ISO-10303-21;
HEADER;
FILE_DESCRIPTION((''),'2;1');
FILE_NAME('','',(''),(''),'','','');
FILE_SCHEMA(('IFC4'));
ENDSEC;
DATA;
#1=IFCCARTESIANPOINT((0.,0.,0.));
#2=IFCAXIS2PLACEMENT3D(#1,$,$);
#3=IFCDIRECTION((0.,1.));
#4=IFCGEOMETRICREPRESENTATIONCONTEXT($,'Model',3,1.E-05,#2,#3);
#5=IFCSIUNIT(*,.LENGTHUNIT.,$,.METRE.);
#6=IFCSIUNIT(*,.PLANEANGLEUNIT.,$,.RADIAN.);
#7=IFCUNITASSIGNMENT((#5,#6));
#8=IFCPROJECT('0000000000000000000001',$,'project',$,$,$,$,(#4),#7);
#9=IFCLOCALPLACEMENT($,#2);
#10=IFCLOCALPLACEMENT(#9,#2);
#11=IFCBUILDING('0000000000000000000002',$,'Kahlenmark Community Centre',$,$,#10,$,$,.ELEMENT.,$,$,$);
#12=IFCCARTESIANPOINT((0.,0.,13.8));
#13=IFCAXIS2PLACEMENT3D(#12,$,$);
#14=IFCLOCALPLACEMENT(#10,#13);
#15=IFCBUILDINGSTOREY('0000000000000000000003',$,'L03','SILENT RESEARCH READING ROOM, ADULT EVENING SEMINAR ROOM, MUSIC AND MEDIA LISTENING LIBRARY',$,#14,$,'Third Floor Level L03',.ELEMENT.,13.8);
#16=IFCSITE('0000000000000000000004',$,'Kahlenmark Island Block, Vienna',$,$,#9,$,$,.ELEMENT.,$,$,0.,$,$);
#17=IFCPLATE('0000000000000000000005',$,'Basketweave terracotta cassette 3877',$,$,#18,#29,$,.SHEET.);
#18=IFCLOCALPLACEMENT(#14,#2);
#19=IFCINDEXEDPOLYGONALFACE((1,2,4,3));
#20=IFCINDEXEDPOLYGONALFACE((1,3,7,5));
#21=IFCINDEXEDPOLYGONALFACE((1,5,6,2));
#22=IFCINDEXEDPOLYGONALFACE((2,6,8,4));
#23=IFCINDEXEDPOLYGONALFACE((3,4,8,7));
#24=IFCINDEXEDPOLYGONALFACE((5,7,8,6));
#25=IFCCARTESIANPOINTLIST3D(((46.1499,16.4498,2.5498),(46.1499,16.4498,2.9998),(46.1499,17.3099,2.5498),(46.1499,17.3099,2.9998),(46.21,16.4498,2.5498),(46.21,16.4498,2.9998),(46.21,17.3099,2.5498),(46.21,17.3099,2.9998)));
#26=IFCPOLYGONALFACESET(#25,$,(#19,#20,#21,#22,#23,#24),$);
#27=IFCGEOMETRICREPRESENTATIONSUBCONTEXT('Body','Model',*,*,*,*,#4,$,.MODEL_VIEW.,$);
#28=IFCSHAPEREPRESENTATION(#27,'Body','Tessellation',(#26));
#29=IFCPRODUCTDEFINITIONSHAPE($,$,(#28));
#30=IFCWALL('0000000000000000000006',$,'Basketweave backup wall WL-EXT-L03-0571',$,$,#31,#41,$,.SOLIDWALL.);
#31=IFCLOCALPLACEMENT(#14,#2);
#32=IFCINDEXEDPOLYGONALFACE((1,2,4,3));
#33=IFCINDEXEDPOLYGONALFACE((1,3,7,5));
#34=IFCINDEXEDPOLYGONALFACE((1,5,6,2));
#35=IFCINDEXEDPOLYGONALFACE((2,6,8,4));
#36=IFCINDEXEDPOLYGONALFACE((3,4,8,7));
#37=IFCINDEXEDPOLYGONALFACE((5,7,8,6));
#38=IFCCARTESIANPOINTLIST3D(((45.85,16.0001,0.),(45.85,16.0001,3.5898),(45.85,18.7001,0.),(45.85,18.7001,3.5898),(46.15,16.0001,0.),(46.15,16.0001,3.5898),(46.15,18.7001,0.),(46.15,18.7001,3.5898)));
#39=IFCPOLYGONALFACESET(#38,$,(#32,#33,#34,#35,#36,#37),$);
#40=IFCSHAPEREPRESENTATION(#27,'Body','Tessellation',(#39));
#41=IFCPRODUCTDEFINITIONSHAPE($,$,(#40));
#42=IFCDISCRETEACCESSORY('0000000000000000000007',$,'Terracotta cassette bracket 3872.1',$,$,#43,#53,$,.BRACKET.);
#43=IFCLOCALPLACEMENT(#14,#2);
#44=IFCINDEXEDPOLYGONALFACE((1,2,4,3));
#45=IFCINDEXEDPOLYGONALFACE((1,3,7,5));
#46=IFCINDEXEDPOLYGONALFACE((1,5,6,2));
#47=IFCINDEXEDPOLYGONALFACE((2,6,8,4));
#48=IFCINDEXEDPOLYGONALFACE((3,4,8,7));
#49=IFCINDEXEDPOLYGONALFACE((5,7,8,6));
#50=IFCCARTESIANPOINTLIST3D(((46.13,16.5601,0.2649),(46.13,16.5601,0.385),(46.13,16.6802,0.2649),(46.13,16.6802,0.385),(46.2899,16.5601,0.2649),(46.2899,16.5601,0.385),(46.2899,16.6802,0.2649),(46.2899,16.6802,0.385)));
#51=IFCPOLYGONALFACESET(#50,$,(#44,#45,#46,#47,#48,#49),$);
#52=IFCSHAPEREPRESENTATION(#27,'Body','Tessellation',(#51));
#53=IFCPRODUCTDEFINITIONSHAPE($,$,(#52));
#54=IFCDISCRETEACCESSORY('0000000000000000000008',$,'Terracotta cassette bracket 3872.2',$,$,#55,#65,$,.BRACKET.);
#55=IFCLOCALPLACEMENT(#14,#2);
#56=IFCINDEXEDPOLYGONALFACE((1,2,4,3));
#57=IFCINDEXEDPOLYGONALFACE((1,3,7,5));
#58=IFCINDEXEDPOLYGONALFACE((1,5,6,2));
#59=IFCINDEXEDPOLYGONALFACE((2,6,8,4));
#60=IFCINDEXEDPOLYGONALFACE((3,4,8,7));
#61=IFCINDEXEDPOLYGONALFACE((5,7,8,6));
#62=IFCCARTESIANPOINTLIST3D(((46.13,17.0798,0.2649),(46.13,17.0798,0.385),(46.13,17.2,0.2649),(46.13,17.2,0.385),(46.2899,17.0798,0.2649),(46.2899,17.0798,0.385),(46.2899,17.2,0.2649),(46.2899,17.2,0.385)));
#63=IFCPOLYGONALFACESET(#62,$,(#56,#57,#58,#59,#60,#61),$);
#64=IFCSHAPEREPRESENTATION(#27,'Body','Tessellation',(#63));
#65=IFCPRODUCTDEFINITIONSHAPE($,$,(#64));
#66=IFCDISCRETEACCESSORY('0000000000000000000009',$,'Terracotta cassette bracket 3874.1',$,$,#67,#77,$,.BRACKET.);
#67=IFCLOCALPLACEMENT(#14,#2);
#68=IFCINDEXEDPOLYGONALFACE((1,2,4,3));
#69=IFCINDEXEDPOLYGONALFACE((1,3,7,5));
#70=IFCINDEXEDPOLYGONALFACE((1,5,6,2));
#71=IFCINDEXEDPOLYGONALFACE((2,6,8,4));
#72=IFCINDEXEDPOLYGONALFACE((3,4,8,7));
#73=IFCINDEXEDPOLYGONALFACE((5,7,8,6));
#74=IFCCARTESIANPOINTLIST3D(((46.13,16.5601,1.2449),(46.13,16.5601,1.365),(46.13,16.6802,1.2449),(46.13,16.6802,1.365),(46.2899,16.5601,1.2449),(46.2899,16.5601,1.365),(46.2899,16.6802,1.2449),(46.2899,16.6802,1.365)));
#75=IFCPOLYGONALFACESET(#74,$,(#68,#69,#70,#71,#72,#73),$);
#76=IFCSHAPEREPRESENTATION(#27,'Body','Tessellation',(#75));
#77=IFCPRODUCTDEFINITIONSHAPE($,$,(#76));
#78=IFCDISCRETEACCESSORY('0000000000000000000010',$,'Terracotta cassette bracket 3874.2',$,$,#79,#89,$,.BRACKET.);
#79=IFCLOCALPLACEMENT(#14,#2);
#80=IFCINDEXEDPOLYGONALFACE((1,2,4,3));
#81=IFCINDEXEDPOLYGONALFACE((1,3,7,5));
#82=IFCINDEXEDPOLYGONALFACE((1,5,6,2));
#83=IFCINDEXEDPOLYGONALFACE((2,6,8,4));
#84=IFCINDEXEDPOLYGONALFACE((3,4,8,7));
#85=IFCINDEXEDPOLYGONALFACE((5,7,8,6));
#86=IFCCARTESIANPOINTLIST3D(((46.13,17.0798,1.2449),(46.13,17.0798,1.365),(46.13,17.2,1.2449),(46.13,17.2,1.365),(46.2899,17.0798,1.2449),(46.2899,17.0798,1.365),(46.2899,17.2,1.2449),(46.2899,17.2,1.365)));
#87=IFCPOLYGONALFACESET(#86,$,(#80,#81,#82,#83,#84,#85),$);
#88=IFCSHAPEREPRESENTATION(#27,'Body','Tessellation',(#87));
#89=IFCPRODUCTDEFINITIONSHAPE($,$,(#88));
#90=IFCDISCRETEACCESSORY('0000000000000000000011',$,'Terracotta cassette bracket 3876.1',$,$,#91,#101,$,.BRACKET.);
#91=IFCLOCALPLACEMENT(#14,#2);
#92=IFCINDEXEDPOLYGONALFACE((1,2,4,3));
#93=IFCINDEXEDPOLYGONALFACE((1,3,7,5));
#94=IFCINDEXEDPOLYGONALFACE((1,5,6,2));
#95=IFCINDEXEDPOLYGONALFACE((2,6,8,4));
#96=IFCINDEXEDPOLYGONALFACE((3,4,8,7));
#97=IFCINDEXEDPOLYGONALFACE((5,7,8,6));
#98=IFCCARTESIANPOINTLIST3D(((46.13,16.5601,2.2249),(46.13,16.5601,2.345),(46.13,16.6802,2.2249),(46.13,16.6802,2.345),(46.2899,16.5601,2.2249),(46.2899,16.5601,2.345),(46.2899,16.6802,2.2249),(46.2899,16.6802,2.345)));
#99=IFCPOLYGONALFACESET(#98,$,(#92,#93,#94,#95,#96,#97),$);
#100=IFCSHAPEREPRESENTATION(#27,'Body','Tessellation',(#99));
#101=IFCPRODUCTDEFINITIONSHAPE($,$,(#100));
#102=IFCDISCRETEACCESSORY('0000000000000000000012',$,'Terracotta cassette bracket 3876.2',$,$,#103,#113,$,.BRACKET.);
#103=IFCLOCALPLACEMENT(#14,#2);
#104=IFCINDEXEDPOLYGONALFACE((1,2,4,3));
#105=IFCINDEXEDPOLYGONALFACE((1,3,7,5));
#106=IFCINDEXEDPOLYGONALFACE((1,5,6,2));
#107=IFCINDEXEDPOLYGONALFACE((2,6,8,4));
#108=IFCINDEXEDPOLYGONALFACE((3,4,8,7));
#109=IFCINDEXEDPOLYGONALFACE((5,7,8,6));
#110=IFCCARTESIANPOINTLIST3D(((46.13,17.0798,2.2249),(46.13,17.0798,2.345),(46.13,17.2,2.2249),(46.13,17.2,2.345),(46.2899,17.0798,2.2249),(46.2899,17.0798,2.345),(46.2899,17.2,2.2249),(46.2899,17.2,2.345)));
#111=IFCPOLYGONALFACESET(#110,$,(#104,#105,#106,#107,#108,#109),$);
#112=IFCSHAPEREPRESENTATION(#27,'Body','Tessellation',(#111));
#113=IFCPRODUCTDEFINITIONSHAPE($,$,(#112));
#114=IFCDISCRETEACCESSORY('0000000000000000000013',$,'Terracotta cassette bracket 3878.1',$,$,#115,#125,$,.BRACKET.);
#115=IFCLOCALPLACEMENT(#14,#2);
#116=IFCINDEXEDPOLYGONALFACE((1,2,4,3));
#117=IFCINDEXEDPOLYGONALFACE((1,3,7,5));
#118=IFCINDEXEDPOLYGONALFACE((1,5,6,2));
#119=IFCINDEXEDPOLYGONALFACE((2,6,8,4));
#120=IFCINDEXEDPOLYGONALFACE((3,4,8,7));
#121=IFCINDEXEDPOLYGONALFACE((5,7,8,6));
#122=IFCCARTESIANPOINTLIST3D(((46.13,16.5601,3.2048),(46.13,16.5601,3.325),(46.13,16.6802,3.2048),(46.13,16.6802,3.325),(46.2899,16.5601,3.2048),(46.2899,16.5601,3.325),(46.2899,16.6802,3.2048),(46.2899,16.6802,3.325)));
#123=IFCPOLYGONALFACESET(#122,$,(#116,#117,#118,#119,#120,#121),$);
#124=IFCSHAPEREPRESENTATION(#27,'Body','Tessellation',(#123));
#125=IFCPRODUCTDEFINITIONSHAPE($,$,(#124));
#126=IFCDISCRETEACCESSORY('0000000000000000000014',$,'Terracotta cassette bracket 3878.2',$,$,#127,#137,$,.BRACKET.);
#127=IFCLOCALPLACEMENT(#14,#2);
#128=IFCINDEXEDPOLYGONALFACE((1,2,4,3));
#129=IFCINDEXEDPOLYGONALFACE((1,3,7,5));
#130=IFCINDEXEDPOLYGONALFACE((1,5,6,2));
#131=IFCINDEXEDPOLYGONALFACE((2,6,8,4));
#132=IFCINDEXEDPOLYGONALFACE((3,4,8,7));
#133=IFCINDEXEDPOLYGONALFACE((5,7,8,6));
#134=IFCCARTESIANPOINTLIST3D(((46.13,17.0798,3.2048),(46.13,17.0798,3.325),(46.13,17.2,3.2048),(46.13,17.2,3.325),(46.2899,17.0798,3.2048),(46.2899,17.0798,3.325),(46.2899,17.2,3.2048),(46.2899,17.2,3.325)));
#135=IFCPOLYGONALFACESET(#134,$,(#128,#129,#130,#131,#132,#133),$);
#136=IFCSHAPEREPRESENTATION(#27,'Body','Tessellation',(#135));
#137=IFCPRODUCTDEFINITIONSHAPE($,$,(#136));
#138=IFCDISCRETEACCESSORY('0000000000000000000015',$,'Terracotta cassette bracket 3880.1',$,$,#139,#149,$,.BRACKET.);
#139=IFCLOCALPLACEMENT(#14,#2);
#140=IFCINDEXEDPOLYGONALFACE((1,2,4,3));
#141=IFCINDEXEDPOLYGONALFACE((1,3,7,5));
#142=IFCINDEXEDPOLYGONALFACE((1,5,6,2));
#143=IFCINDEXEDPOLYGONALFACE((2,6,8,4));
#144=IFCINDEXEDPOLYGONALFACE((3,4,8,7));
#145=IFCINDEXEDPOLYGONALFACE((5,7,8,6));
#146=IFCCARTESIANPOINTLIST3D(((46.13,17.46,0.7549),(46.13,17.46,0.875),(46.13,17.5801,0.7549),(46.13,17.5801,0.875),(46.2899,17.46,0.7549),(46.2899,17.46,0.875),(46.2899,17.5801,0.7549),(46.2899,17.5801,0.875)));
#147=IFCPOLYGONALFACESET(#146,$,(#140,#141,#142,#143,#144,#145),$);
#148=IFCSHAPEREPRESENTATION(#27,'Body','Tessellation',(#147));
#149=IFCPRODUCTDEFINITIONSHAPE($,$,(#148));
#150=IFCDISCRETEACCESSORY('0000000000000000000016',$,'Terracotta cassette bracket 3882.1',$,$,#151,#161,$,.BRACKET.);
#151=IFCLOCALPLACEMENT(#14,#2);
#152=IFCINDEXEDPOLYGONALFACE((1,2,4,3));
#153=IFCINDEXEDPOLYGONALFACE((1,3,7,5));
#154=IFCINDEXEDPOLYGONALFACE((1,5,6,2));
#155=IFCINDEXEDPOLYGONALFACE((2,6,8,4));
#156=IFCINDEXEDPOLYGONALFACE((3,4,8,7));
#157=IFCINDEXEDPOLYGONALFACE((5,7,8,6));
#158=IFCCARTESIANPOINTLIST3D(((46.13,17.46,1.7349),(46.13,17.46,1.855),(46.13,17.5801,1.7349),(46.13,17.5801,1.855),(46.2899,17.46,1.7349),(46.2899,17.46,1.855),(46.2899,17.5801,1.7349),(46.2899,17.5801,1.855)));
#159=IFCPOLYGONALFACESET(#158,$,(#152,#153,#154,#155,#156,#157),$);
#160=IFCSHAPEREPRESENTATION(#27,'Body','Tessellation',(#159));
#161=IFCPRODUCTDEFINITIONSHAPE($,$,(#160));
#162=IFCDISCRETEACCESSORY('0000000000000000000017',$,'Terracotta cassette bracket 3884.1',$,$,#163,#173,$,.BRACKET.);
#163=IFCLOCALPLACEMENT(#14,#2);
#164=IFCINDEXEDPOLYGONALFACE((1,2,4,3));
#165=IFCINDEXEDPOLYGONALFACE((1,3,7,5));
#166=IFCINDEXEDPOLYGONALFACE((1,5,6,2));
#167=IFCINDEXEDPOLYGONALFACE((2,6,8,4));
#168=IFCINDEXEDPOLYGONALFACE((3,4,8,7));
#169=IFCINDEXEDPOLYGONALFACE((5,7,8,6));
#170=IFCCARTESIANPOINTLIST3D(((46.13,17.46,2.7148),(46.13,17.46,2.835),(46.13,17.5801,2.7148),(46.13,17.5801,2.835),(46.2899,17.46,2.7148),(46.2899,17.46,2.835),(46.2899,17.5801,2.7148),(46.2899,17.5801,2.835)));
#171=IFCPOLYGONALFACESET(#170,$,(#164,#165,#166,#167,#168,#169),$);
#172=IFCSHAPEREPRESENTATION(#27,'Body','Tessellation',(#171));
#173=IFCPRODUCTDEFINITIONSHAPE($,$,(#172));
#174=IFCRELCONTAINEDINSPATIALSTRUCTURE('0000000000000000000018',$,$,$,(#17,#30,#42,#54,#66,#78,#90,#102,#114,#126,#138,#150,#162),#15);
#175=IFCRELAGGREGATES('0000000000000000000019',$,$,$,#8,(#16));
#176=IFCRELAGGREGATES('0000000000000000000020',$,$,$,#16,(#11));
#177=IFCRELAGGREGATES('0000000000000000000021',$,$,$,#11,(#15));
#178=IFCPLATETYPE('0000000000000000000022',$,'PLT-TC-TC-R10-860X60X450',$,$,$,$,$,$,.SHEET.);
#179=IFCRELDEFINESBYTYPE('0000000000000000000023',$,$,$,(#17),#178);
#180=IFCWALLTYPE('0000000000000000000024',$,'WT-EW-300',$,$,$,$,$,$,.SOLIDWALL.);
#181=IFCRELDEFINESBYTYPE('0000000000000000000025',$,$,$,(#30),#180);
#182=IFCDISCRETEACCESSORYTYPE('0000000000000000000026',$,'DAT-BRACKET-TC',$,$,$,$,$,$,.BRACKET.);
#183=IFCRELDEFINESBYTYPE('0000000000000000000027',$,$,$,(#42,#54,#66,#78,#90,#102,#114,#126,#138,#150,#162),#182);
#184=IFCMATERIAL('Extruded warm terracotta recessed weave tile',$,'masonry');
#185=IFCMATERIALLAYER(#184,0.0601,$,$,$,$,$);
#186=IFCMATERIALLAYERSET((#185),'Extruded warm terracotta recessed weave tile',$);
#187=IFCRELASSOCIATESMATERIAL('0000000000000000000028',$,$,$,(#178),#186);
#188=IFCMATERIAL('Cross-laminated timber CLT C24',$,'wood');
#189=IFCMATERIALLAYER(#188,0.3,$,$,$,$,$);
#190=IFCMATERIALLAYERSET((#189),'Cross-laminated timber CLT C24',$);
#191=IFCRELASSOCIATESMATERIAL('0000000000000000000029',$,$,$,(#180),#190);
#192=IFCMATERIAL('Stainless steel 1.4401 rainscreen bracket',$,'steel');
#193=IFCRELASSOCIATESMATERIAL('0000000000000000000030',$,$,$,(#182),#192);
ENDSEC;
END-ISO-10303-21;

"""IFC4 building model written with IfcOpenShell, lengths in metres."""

from ifc_helpers import new_model, si_unit, direction, frame, frame_2d, origin, origin_2d, place, context, subcontext, project, spatial, rectangle, extrude, material, layer, layer_set, type_object, element, save


model = new_model("IFC4")

# Units and contexts
model_context = context("Model", 3, precision=1e-05, world=origin(), true_north=direction((0.0, 1.0)))
body_context = subcontext(model_context, "Body", "Model", "MODEL_VIEW")
ifc_project = project(units=[si_unit("LENGTHUNIT", "METRE"), si_unit("PLANEANGLEUNIT", "RADIAN")], contexts=[model_context])

# Site, building, storey
site_placement = place(None, origin())
site = spatial("IfcSite", under=ifc_project, at=site_placement, Name="Kahlenmark Island Block, Vienna", CompositionType="ELEMENT", RefElevation=0.0)
building_placement = place(site_placement, origin())
building = spatial("IfcBuilding", under=site, at=building_placement, Name="Kahlenmark Community Centre", CompositionType="ELEMENT")
storey_placement = place(building_placement, frame((0.0, 0.0, 13.8)))
storey = spatial("IfcBuildingStorey", under=building, at=storey_placement, Name="L03", Description="SILENT RESEARCH READING ROOM, ADULT EVENING SEMINAR ROOM, MUSIC AND MEDIA LISTENING LIBRARY", LongName="Third Floor Level L03", CompositionType="ELEMENT", Elevation=13.8)

# Plate
ifc_material_1 = material(Name="Extruded warm terracotta recessed weave tile", Category="masonry")
ifc_layer_1 = layer(ifc_material_1, 0.0601)
ifc_layer_set_1 = layer_set([ifc_layer_1], Name="Extruded warm terracotta recessed weave tile")
plate_type_1 = type_object("IfcPlateType", Name="PLT-TC-TC-R10-860X60X450", PredefinedType="SHEET", material=ifc_layer_set_1)
for number, where, z_axis, x_axis, name in (
    (1, (46.1799, 16.8799, 2.5498), (0.0, 0.0, 1.0), (0.0, 1.0, 0.0), "Basketweave terracotta cassette 3877"),
):
    element("IfcPlate", number, at=place(storey_placement, frame(where, z_axis=z_axis, x_axis=x_axis)), inside=storey, type_object=plate_type_1, Name=name, PredefinedType="SHEET", context=body_context, shape_type="SweptSolid", body=[
        extrude(rectangle(XDim=0.8601, YDim=0.0601, at=origin_2d()), origin(), (0.0, 0.0, 1.0), 0.45),
    ])

# Wall
ifc_material_2 = material(Name="Cross-laminated timber CLT C24", Category="wood")
ifc_layer_2 = layer(ifc_material_2, 0.3)
ifc_layer_set_2 = layer_set([ifc_layer_2], Name="Cross-laminated timber CLT C24")
wall_type = type_object("IfcWallType", Name="WT-EW-300", PredefinedType="SOLIDWALL", material=ifc_layer_set_2)
wall_placement = place(storey_placement, frame((46.0, 16.0, 0.0), z_axis=(0.0, 0.0, 1.0), x_axis=(0.0, 1.0, 0.0)))
element("IfcWall", 2, at=wall_placement, inside=storey, type_object=wall_type, Name="Basketweave backup wall WL-EXT-L03-0571", PredefinedType="SOLIDWALL", context=body_context, shape_type="SweptSolid", body=[
    extrude(rectangle(XDim=2.7, YDim=0.3, at=frame_2d((1.3501, 0.0))), origin(), (0.0, 0.0, 1.0), 3.5898),
])

# Discrete accessories
ifc_material_3 = material(Name="Stainless steel 1.4401 rainscreen bracket", Category="steel")
discrete_accessory_type = type_object("IfcDiscreteAccessoryType", Name="DAT-BRACKET-TC", PredefinedType="BRACKET", material=ifc_material_3)
for number, where, z_axis, x_axis, name in (
    (3, (46.21, 16.6201, 0.2649), (0.0, 0.0, 1.0), (0.0, 1.0, 0.0), "Terracotta cassette bracket 3872.1"),
    (4, (46.21, 17.1399, 0.2649), (0.0, 0.0, 1.0), (0.0, 1.0, 0.0), "Terracotta cassette bracket 3872.2"),
    (5, (46.21, 16.6201, 1.2449), (0.0, 0.0, 1.0), (0.0, 1.0, 0.0), "Terracotta cassette bracket 3874.1"),
    (6, (46.21, 17.1399, 1.2449), (0.0, 0.0, 1.0), (0.0, 1.0, 0.0), "Terracotta cassette bracket 3874.2"),
    (7, (46.21, 16.6201, 2.2249), (0.0, 0.0, 1.0), (0.0, 1.0, 0.0), "Terracotta cassette bracket 3876.1"),
    (8, (46.21, 17.1399, 2.2249), (0.0, 0.0, 1.0), (0.0, 1.0, 0.0), "Terracotta cassette bracket 3876.2"),
    (9, (46.21, 16.6201, 3.2048), (0.0, 0.0, 1.0), (0.0, 1.0, 0.0), "Terracotta cassette bracket 3878.1"),
    (10, (46.21, 17.1399, 3.2048), (0.0, 0.0, 1.0), (0.0, 1.0, 0.0), "Terracotta cassette bracket 3878.2"),
    (11, (46.21, 17.52, 0.7549), (0.0, 0.0, 1.0), (0.0, 1.0, 0.0), "Terracotta cassette bracket 3880.1"),
    (12, (46.21, 17.52, 1.7349), (0.0, 0.0, 1.0), (0.0, 1.0, 0.0), "Terracotta cassette bracket 3882.1"),
    (13, (46.21, 17.52, 2.7148), (0.0, 0.0, 1.0), (0.0, 1.0, 0.0), "Terracotta cassette bracket 3884.1"),
):
    element("IfcDiscreteAccessory", number, at=place(storey_placement, frame(where, z_axis=z_axis, x_axis=x_axis)), inside=storey, type_object=discrete_accessory_type, Name=name, PredefinedType="BRACKET", context=body_context, shape_type="SweptSolid", body=[
        extrude(rectangle(XDim=0.1201, YDim=0.1599, at=origin_2d()), origin(), (0.0, 0.0, 1.0), 0.1201),
    ])

save(model, "model.ifc")
